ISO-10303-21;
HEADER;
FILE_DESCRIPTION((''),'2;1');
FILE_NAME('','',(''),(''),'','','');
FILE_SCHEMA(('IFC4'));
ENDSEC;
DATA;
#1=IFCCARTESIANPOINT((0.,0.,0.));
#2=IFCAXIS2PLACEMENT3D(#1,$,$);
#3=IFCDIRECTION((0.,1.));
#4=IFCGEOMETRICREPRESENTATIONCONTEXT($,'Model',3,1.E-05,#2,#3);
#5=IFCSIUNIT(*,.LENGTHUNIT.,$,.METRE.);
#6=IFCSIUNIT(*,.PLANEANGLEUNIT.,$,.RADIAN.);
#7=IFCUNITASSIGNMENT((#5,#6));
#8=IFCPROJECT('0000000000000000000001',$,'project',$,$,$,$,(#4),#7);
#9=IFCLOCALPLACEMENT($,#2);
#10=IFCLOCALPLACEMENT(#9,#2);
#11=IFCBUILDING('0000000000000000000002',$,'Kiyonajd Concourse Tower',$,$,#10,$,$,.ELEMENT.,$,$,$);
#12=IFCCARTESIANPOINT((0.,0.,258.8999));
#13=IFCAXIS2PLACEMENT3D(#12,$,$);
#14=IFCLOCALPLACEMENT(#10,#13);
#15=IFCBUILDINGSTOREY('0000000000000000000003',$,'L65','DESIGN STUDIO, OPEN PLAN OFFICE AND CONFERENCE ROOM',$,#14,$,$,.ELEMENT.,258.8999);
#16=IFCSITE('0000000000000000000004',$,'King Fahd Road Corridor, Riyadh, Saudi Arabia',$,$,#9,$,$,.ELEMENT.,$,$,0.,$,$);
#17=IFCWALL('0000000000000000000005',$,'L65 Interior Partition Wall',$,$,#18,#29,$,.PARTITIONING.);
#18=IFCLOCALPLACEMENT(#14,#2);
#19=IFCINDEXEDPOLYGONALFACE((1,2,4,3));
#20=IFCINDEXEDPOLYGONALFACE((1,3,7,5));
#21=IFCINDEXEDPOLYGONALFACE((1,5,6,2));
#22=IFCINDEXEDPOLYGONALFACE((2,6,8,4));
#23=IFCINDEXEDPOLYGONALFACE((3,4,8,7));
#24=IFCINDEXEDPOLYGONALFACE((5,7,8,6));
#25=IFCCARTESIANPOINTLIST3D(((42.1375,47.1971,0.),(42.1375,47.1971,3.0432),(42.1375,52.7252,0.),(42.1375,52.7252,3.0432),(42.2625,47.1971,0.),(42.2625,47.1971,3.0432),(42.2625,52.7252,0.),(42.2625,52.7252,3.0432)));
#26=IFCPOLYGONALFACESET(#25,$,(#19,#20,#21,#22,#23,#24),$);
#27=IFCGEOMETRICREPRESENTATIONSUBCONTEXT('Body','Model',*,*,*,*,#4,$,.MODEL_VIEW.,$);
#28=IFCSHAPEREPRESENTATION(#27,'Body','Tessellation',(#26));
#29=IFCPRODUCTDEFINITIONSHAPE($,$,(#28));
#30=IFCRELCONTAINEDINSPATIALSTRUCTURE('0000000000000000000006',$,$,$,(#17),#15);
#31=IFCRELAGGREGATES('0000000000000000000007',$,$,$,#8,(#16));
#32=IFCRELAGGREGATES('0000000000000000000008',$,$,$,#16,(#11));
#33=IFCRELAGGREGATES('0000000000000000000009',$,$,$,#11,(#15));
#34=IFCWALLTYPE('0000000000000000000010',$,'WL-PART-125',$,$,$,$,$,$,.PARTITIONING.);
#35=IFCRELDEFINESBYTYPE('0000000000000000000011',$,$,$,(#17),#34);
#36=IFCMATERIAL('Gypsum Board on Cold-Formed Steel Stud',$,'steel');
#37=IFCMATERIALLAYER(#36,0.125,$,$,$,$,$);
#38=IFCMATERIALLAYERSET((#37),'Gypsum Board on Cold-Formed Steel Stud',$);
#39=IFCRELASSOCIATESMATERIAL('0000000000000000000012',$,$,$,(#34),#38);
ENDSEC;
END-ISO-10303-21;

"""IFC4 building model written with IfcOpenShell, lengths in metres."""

from ifc_helpers import new_model, si_unit, direction, frame, frame_2d, origin, place, context, subcontext, project, spatial, rectangle, extrude, material, layer, layer_set, type_object, element, save


model = new_model("IFC4")

# Units and contexts
model_context = context("Model", 3, precision=1e-05, world=origin(), true_north=direction((0.0, 1.0)))
body_context = subcontext(model_context, "Body", "Model", "MODEL_VIEW")
ifc_project = project(units=[si_unit("LENGTHUNIT", "METRE"), si_unit("PLANEANGLEUNIT", "RADIAN")], contexts=[model_context])

# Site, building, storey
site_placement = place(None, origin())
site = spatial("IfcSite", under=ifc_project, at=site_placement, Name="King Fahd Road Corridor, Riyadh, Saudi Arabia", CompositionType="ELEMENT", RefElevation=0.0)
building_placement = place(site_placement, origin())
building = spatial("IfcBuilding", under=site, at=building_placement, Name="Kiyonajd Concourse Tower", CompositionType="ELEMENT")
storey_placement = place(building_placement, frame((0.0, 0.0, 258.8999)))
storey = spatial("IfcBuildingStorey", under=building, at=storey_placement, Name="L65", Description="DESIGN STUDIO, OPEN PLAN OFFICE AND CONFERENCE ROOM", CompositionType="ELEMENT", Elevation=258.8999)

# Wall
ifc_material_1 = material(Name="Gypsum Board on Cold-Formed Steel Stud", Category="steel")
ifc_layer_1 = layer(ifc_material_1, 0.125)
ifc_layer_set_1 = layer_set([ifc_layer_1], Name="Gypsum Board on Cold-Formed Steel Stud")
wall_type_1 = type_object("IfcWallType", Name="WL-PART-125", PredefinedType="PARTITIONING", material=ifc_layer_set_1)
wall_1_placement = place(storey_placement, frame((42.2, 47.197, 0.0), z_axis=(0.0, 0.0, 1.0), x_axis=(0.0, 1.0, 0.0)))
element("IfcWall", 1, at=wall_1_placement, inside=storey, type_object=wall_type_1, Name="L65 Interior Partition Wall", PredefinedType="PARTITIONING", context=body_context, shape_type="SweptSolid", body=[
    extrude(rectangle(XDim=5.5281, YDim=0.125, at=frame_2d((2.7642, 0.0))), origin(), (0.0, 0.0, 1.0), 3.0432),
])

save(model, "model.ifc")
